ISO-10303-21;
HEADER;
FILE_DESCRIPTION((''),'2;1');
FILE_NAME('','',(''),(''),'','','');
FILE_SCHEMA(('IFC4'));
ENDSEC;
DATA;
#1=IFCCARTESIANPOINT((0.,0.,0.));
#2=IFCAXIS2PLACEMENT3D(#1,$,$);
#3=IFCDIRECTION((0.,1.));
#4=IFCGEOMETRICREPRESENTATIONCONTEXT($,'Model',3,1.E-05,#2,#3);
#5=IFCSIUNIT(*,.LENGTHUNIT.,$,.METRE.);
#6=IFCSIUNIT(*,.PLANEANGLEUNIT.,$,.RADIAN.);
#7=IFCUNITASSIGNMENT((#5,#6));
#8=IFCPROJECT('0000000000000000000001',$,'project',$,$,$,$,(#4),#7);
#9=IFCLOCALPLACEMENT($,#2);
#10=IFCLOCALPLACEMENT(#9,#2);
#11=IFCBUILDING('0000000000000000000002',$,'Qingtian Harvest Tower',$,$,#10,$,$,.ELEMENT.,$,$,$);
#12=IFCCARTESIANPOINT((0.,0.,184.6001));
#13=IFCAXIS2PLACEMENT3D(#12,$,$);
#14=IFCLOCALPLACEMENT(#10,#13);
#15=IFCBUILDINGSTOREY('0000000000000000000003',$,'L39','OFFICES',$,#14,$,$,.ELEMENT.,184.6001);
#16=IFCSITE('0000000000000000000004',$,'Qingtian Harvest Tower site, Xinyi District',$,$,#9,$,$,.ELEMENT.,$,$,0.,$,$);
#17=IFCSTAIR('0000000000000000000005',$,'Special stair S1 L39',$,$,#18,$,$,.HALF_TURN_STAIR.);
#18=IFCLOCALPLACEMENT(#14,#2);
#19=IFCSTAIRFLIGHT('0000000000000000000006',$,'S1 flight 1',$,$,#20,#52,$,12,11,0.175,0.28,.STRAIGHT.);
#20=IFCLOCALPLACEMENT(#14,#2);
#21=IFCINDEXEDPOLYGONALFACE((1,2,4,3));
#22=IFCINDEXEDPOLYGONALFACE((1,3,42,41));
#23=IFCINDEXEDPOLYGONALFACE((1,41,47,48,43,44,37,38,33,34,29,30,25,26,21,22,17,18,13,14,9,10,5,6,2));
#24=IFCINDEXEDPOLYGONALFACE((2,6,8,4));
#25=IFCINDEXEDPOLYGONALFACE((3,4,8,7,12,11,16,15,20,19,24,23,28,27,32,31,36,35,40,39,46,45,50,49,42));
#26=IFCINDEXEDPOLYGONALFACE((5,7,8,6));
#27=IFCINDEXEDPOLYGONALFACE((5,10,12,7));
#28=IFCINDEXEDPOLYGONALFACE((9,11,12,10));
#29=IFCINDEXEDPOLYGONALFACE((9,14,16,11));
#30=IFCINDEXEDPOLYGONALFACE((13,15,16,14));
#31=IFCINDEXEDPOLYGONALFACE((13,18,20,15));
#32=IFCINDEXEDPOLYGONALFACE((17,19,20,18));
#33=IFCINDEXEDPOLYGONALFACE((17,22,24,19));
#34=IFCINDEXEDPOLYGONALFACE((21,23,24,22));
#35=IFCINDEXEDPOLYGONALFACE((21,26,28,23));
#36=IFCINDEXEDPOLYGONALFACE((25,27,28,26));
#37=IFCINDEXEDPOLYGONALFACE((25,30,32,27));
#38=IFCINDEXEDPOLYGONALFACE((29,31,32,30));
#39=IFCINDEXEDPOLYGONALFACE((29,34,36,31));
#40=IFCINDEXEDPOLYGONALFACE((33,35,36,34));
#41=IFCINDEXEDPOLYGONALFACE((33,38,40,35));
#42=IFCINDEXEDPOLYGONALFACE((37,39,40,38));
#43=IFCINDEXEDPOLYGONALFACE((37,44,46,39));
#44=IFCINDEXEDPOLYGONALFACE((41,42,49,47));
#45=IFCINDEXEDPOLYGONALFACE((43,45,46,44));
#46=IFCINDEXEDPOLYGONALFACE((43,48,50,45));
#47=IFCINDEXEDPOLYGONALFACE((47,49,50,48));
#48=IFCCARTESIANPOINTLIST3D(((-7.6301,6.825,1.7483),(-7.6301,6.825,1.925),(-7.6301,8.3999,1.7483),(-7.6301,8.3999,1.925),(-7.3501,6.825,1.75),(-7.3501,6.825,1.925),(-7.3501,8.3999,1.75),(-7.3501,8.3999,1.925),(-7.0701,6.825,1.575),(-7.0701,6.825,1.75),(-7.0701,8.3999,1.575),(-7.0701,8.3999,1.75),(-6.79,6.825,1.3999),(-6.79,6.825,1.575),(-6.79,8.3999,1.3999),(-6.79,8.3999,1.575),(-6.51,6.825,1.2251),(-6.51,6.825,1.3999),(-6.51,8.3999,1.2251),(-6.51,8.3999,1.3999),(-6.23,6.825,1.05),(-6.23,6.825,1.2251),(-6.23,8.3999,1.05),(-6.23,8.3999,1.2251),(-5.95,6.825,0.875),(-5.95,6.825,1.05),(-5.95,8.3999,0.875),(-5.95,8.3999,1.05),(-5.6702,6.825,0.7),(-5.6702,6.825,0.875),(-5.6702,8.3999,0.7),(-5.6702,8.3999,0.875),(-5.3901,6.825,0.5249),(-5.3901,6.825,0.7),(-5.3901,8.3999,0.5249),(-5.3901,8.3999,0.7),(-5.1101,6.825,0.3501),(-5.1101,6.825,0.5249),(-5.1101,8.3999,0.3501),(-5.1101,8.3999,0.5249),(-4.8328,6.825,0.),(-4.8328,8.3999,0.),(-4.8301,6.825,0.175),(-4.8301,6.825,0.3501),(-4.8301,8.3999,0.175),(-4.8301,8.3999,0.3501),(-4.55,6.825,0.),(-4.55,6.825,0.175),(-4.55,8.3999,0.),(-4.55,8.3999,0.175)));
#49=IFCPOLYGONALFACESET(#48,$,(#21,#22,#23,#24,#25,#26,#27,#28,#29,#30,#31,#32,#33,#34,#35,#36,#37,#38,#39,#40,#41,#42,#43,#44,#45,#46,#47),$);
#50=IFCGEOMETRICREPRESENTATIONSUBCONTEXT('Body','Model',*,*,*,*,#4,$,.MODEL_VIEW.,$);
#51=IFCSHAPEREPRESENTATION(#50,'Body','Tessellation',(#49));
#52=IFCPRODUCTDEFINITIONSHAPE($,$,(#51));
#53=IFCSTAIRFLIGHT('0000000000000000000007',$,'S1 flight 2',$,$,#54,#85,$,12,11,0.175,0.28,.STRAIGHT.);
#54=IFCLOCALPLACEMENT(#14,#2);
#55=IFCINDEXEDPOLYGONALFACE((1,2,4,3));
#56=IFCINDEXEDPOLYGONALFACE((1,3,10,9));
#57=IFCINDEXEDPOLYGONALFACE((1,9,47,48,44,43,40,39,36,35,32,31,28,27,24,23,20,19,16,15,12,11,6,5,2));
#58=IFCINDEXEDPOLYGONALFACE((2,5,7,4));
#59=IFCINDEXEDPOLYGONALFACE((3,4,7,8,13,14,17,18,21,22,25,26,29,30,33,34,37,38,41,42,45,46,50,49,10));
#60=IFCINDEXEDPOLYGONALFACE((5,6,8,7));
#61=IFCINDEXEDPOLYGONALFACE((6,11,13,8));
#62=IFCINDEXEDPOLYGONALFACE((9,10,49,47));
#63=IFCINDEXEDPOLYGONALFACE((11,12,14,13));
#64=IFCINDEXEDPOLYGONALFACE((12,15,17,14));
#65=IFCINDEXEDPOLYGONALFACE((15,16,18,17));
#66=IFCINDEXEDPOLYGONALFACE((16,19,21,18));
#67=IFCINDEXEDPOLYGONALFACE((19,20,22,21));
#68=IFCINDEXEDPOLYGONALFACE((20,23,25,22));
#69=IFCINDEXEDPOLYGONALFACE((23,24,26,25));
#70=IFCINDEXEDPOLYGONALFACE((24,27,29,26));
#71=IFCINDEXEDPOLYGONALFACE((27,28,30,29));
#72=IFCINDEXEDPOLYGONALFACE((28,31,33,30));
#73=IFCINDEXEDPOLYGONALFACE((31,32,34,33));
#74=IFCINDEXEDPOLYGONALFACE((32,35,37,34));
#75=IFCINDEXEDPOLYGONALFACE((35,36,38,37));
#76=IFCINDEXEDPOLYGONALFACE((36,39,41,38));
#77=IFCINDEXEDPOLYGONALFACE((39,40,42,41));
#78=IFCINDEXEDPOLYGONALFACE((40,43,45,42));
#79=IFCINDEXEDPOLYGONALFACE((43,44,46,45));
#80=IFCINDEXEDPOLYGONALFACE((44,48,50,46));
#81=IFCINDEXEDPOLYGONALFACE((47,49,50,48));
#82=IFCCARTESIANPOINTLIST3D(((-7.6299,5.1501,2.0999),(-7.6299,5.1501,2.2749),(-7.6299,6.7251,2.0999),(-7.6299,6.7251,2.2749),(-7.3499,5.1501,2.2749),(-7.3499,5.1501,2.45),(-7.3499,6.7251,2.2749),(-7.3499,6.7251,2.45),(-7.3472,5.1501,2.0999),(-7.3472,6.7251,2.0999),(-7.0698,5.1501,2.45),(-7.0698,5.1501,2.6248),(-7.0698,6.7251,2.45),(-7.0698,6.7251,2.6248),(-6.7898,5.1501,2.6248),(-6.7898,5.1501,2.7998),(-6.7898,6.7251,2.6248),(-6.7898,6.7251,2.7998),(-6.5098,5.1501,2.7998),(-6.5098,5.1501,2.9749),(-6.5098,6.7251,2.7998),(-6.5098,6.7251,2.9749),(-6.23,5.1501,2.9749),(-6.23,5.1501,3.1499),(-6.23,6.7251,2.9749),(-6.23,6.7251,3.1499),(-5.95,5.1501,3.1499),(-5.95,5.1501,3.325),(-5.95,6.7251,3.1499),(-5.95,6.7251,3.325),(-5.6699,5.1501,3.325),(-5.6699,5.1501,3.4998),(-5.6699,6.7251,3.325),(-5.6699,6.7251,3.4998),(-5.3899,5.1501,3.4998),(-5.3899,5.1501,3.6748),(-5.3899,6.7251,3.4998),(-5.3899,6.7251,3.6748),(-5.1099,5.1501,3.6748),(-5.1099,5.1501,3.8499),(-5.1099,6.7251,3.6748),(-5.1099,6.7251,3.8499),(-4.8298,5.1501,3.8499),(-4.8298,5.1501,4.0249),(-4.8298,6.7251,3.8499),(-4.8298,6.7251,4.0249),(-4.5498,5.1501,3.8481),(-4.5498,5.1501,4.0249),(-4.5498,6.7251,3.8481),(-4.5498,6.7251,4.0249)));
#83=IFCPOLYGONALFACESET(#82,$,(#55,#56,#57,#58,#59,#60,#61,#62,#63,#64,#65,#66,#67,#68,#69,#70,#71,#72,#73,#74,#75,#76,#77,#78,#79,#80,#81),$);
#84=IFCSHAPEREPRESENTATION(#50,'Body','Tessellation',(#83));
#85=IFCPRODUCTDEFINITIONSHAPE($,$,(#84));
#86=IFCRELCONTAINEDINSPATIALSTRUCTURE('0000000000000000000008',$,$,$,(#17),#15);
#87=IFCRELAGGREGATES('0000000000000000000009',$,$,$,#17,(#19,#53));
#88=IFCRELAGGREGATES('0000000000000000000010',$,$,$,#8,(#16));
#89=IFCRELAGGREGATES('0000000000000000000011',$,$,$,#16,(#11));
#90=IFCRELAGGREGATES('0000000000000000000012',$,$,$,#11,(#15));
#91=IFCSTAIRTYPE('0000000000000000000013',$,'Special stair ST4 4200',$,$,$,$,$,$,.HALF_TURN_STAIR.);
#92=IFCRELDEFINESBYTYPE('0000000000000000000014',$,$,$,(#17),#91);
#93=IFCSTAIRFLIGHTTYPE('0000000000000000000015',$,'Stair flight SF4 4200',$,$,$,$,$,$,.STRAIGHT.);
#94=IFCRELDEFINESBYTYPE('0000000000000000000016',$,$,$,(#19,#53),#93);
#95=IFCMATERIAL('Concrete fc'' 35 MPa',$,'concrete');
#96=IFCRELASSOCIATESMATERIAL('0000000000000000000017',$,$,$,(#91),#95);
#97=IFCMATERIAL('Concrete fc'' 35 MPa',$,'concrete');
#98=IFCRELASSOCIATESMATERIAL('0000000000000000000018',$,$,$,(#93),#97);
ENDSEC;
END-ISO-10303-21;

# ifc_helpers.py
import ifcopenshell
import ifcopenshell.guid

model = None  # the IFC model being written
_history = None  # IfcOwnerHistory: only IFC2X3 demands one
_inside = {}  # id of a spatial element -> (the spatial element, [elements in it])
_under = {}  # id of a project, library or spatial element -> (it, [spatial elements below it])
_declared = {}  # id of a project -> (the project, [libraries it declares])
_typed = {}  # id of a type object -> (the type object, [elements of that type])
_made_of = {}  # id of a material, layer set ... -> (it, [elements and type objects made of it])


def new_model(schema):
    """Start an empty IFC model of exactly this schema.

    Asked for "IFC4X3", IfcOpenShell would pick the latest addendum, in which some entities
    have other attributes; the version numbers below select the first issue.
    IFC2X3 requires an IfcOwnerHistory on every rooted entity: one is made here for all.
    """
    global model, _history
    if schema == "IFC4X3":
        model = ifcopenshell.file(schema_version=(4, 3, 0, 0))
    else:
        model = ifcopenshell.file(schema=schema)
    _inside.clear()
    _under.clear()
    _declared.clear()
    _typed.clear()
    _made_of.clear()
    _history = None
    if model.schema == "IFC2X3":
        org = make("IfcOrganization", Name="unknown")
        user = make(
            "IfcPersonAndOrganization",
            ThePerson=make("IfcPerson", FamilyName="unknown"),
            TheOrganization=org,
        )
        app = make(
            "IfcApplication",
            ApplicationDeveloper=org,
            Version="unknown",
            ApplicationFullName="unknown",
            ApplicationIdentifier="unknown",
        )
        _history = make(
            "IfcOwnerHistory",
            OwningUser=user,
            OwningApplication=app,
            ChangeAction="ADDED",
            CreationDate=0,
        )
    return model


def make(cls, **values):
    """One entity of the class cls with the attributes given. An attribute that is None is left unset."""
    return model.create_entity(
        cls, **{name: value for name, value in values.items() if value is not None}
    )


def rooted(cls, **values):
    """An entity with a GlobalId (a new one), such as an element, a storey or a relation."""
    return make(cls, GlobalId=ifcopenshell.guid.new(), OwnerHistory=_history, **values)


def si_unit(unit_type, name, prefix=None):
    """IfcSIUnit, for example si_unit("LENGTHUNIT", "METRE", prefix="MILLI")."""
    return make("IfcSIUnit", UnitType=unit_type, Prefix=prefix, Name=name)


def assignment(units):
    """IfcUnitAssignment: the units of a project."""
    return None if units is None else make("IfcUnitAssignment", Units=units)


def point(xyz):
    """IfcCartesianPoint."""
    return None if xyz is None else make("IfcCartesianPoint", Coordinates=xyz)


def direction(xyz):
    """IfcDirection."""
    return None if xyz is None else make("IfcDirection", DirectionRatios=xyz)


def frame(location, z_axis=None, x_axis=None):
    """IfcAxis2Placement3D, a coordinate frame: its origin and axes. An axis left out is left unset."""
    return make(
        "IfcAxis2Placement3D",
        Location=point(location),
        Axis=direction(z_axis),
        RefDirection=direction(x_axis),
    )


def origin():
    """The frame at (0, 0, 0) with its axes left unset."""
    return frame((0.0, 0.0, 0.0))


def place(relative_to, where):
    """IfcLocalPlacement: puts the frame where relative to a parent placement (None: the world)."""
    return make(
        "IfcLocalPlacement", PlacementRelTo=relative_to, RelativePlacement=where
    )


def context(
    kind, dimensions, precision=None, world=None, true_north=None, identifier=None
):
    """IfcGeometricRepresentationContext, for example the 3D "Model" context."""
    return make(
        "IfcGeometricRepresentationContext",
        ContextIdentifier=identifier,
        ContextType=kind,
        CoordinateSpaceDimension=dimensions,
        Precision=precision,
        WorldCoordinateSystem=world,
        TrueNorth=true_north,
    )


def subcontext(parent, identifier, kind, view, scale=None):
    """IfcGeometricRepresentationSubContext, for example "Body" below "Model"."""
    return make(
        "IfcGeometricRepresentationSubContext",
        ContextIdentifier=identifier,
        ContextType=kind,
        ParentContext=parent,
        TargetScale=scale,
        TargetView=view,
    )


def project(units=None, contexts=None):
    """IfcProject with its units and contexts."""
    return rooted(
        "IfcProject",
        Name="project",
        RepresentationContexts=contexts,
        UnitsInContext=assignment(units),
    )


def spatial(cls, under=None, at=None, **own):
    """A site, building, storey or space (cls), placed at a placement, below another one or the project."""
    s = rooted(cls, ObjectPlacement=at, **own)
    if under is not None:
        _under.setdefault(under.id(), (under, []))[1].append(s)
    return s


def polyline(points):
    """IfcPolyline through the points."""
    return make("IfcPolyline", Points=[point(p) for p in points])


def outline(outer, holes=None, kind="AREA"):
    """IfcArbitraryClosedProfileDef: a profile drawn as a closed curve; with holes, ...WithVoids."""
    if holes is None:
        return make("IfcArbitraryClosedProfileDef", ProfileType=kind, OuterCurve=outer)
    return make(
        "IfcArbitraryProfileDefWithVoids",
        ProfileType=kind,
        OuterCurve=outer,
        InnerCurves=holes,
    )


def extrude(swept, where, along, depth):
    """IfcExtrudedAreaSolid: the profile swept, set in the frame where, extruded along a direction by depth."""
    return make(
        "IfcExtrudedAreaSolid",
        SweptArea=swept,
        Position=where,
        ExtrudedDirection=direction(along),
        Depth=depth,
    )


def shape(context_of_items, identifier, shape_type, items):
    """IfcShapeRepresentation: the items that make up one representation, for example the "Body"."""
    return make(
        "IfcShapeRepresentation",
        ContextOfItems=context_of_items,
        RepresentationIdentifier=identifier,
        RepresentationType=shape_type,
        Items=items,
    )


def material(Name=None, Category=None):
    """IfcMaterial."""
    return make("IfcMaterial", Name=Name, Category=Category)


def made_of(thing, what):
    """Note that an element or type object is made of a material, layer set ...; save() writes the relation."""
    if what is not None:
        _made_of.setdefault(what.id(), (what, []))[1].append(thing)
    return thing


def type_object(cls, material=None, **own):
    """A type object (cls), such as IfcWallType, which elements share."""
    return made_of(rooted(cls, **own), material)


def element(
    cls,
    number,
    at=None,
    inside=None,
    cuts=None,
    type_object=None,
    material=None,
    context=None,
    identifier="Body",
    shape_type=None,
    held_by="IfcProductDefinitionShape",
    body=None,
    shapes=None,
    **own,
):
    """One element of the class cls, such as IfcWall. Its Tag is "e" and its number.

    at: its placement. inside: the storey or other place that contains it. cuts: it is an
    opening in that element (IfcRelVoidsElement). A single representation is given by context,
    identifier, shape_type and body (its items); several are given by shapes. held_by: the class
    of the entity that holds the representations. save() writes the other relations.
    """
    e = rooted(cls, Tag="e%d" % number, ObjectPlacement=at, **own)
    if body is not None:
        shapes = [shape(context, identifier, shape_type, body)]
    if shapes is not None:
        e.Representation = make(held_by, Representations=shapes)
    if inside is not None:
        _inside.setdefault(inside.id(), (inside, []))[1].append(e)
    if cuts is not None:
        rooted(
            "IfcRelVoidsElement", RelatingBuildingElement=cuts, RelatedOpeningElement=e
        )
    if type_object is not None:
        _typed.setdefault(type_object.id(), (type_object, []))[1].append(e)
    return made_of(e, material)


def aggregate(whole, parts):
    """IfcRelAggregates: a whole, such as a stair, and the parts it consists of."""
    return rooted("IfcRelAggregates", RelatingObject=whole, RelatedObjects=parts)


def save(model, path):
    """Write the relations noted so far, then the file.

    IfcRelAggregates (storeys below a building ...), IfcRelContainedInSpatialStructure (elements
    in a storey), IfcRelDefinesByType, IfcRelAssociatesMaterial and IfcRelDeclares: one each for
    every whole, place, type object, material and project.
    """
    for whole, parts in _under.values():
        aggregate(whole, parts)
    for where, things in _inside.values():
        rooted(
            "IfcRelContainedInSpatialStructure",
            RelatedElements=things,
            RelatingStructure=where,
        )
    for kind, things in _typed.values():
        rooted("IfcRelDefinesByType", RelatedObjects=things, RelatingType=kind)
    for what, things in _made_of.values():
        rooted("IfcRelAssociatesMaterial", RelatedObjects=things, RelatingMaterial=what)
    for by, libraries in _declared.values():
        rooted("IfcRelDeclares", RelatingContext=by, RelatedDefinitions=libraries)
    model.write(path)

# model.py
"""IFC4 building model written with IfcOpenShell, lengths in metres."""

from ifc_helpers import new_model, si_unit, direction, frame, origin, place, context, subcontext, project, spatial, polyline, outline, extrude, material, type_object, element, aggregate, save


model = new_model("IFC4")

# Units and contexts
model_context = context("Model", 3, precision=1e-05, world=origin(), true_north=direction((0.0, 1.0)))
body_context = subcontext(model_context, "Body", "Model", "MODEL_VIEW")
ifc_project = project(units=[si_unit("LENGTHUNIT", "METRE"), si_unit("PLANEANGLEUNIT", "RADIAN")], contexts=[model_context])

# Site, building, storey
site_placement = place(None, origin())
site = spatial("IfcSite", under=ifc_project, at=site_placement, Name="Qingtian Harvest Tower site, Xinyi District", CompositionType="ELEMENT", RefElevation=0.0)
building_placement = place(site_placement, origin())
building = spatial("IfcBuilding", under=site, at=building_placement, Name="Qingtian Harvest Tower", CompositionType="ELEMENT")
storey_placement = place(building_placement, frame((0.0, 0.0, 184.6001)))
storey = spatial("IfcBuildingStorey", under=building, at=storey_placement, Name="L39", Description="OFFICES", CompositionType="ELEMENT", Elevation=184.6001)

# Stair, stair flights
ifc_material_1 = material(Name="Concrete fc' 35 MPa", Category="concrete")
stair_type = type_object("IfcStairType", Name="Special stair ST4 4200", PredefinedType="HALF_TURN_STAIR", material=ifc_material_1)
stair_placement = place(storey_placement, origin())
stair = element("IfcStair", 1, at=stair_placement, inside=storey, type_object=stair_type, Name="Special stair S1 L39", PredefinedType="HALF_TURN_STAIR")
ifc_material_2 = material(Name="Concrete fc' 35 MPa", Category="concrete")
stair_flight_type = type_object("IfcStairFlightType", Name="Stair flight SF4 4200", PredefinedType="STRAIGHT", material=ifc_material_2)
stair_flight_1_placement = place(storey_placement, frame((-4.55, 7.6125, 0.0), z_axis=(0.0, 0.0, 1.0), x_axis=(-1.0, 0.0, 0.0)))
stair_flight_1 = element("IfcStairFlight", 2, at=stair_flight_1_placement, type_object=stair_flight_type, Name="S1 flight 1", NumberOfRisers=12, NumberOfTreads=11, PredefinedType="STRAIGHT", RiserHeight=0.175, TreadLength=0.28, context=body_context, shape_type="SweptSolid", body=[
    extrude(outline(polyline([(0.0, 0.0), (0.0, 0.175), (0.28, 0.175), (0.28, 0.3501), (0.5601, 0.3501), (0.5601, 0.5249), (0.8401, 0.5249), (0.8401, 0.7), (1.1201, 0.7), (1.1201, 0.875), (1.3999, 0.875), (1.3999, 1.05), (1.6799, 1.05), (1.6799, 1.2251), (1.96, 1.2251), (1.96, 1.3999), (2.24, 1.3999), (2.24, 1.575), (2.52, 1.575), (2.52, 1.75), (2.8, 1.75), (2.8, 1.925), (3.0801, 1.925), (3.0801, 2.1001), (3.0801, 1.7483), (0.2827, 0.0), (0.0, 0.0)])), frame((0.0, 0.7876, 0.0), z_axis=(0.0, -1.0, 0.0), x_axis=(1.0, 0.0, 0.0)), (0.0, 0.0, 1.0), 1.575),
])
stair_flight_2_placement = place(storey_placement, frame((-7.6299, 5.9375, 2.0999), z_axis=(0.0, 0.0, 1.0), x_axis=(1.0, 0.0, 0.0)))
stair_flight_2 = element("IfcStairFlight", 3, at=stair_flight_2_placement, type_object=stair_flight_type, Name="S1 flight 2", NumberOfRisers=12, NumberOfTreads=11, PredefinedType="STRAIGHT", RiserHeight=0.175, TreadLength=0.28, context=body_context, shape_type="SweptSolid", body=[
    extrude(outline(polyline([(0.0, 0.0), (0.0, 0.175), (0.28, 0.175), (0.28, 0.3501), (0.5601, 0.3501), (0.5601, 0.5249), (0.8401, 0.5249), (0.8401, 0.7), (1.1201, 0.7), (1.1201, 0.875), (1.3999, 0.875), (1.3999, 1.05), (1.6799, 1.05), (1.6799, 1.2251), (1.96, 1.2251), (1.96, 1.3999), (2.24, 1.3999), (2.24, 1.575), (2.52, 1.575), (2.52, 1.75), (2.8, 1.75), (2.8, 1.925), (3.0801, 1.925), (3.0801, 2.1001), (3.0801, 1.7483), (0.2827, 0.0), (0.0, 0.0)])), frame((0.0, 0.7876, 0.0), z_axis=(0.0, -1.0, 0.0), x_axis=(1.0, 0.0, 0.0)), (0.0, 0.0, 1.0), 1.575),
])
aggregate(stair, [stair_flight_1, stair_flight_2])

save(model, "model.ifc")
